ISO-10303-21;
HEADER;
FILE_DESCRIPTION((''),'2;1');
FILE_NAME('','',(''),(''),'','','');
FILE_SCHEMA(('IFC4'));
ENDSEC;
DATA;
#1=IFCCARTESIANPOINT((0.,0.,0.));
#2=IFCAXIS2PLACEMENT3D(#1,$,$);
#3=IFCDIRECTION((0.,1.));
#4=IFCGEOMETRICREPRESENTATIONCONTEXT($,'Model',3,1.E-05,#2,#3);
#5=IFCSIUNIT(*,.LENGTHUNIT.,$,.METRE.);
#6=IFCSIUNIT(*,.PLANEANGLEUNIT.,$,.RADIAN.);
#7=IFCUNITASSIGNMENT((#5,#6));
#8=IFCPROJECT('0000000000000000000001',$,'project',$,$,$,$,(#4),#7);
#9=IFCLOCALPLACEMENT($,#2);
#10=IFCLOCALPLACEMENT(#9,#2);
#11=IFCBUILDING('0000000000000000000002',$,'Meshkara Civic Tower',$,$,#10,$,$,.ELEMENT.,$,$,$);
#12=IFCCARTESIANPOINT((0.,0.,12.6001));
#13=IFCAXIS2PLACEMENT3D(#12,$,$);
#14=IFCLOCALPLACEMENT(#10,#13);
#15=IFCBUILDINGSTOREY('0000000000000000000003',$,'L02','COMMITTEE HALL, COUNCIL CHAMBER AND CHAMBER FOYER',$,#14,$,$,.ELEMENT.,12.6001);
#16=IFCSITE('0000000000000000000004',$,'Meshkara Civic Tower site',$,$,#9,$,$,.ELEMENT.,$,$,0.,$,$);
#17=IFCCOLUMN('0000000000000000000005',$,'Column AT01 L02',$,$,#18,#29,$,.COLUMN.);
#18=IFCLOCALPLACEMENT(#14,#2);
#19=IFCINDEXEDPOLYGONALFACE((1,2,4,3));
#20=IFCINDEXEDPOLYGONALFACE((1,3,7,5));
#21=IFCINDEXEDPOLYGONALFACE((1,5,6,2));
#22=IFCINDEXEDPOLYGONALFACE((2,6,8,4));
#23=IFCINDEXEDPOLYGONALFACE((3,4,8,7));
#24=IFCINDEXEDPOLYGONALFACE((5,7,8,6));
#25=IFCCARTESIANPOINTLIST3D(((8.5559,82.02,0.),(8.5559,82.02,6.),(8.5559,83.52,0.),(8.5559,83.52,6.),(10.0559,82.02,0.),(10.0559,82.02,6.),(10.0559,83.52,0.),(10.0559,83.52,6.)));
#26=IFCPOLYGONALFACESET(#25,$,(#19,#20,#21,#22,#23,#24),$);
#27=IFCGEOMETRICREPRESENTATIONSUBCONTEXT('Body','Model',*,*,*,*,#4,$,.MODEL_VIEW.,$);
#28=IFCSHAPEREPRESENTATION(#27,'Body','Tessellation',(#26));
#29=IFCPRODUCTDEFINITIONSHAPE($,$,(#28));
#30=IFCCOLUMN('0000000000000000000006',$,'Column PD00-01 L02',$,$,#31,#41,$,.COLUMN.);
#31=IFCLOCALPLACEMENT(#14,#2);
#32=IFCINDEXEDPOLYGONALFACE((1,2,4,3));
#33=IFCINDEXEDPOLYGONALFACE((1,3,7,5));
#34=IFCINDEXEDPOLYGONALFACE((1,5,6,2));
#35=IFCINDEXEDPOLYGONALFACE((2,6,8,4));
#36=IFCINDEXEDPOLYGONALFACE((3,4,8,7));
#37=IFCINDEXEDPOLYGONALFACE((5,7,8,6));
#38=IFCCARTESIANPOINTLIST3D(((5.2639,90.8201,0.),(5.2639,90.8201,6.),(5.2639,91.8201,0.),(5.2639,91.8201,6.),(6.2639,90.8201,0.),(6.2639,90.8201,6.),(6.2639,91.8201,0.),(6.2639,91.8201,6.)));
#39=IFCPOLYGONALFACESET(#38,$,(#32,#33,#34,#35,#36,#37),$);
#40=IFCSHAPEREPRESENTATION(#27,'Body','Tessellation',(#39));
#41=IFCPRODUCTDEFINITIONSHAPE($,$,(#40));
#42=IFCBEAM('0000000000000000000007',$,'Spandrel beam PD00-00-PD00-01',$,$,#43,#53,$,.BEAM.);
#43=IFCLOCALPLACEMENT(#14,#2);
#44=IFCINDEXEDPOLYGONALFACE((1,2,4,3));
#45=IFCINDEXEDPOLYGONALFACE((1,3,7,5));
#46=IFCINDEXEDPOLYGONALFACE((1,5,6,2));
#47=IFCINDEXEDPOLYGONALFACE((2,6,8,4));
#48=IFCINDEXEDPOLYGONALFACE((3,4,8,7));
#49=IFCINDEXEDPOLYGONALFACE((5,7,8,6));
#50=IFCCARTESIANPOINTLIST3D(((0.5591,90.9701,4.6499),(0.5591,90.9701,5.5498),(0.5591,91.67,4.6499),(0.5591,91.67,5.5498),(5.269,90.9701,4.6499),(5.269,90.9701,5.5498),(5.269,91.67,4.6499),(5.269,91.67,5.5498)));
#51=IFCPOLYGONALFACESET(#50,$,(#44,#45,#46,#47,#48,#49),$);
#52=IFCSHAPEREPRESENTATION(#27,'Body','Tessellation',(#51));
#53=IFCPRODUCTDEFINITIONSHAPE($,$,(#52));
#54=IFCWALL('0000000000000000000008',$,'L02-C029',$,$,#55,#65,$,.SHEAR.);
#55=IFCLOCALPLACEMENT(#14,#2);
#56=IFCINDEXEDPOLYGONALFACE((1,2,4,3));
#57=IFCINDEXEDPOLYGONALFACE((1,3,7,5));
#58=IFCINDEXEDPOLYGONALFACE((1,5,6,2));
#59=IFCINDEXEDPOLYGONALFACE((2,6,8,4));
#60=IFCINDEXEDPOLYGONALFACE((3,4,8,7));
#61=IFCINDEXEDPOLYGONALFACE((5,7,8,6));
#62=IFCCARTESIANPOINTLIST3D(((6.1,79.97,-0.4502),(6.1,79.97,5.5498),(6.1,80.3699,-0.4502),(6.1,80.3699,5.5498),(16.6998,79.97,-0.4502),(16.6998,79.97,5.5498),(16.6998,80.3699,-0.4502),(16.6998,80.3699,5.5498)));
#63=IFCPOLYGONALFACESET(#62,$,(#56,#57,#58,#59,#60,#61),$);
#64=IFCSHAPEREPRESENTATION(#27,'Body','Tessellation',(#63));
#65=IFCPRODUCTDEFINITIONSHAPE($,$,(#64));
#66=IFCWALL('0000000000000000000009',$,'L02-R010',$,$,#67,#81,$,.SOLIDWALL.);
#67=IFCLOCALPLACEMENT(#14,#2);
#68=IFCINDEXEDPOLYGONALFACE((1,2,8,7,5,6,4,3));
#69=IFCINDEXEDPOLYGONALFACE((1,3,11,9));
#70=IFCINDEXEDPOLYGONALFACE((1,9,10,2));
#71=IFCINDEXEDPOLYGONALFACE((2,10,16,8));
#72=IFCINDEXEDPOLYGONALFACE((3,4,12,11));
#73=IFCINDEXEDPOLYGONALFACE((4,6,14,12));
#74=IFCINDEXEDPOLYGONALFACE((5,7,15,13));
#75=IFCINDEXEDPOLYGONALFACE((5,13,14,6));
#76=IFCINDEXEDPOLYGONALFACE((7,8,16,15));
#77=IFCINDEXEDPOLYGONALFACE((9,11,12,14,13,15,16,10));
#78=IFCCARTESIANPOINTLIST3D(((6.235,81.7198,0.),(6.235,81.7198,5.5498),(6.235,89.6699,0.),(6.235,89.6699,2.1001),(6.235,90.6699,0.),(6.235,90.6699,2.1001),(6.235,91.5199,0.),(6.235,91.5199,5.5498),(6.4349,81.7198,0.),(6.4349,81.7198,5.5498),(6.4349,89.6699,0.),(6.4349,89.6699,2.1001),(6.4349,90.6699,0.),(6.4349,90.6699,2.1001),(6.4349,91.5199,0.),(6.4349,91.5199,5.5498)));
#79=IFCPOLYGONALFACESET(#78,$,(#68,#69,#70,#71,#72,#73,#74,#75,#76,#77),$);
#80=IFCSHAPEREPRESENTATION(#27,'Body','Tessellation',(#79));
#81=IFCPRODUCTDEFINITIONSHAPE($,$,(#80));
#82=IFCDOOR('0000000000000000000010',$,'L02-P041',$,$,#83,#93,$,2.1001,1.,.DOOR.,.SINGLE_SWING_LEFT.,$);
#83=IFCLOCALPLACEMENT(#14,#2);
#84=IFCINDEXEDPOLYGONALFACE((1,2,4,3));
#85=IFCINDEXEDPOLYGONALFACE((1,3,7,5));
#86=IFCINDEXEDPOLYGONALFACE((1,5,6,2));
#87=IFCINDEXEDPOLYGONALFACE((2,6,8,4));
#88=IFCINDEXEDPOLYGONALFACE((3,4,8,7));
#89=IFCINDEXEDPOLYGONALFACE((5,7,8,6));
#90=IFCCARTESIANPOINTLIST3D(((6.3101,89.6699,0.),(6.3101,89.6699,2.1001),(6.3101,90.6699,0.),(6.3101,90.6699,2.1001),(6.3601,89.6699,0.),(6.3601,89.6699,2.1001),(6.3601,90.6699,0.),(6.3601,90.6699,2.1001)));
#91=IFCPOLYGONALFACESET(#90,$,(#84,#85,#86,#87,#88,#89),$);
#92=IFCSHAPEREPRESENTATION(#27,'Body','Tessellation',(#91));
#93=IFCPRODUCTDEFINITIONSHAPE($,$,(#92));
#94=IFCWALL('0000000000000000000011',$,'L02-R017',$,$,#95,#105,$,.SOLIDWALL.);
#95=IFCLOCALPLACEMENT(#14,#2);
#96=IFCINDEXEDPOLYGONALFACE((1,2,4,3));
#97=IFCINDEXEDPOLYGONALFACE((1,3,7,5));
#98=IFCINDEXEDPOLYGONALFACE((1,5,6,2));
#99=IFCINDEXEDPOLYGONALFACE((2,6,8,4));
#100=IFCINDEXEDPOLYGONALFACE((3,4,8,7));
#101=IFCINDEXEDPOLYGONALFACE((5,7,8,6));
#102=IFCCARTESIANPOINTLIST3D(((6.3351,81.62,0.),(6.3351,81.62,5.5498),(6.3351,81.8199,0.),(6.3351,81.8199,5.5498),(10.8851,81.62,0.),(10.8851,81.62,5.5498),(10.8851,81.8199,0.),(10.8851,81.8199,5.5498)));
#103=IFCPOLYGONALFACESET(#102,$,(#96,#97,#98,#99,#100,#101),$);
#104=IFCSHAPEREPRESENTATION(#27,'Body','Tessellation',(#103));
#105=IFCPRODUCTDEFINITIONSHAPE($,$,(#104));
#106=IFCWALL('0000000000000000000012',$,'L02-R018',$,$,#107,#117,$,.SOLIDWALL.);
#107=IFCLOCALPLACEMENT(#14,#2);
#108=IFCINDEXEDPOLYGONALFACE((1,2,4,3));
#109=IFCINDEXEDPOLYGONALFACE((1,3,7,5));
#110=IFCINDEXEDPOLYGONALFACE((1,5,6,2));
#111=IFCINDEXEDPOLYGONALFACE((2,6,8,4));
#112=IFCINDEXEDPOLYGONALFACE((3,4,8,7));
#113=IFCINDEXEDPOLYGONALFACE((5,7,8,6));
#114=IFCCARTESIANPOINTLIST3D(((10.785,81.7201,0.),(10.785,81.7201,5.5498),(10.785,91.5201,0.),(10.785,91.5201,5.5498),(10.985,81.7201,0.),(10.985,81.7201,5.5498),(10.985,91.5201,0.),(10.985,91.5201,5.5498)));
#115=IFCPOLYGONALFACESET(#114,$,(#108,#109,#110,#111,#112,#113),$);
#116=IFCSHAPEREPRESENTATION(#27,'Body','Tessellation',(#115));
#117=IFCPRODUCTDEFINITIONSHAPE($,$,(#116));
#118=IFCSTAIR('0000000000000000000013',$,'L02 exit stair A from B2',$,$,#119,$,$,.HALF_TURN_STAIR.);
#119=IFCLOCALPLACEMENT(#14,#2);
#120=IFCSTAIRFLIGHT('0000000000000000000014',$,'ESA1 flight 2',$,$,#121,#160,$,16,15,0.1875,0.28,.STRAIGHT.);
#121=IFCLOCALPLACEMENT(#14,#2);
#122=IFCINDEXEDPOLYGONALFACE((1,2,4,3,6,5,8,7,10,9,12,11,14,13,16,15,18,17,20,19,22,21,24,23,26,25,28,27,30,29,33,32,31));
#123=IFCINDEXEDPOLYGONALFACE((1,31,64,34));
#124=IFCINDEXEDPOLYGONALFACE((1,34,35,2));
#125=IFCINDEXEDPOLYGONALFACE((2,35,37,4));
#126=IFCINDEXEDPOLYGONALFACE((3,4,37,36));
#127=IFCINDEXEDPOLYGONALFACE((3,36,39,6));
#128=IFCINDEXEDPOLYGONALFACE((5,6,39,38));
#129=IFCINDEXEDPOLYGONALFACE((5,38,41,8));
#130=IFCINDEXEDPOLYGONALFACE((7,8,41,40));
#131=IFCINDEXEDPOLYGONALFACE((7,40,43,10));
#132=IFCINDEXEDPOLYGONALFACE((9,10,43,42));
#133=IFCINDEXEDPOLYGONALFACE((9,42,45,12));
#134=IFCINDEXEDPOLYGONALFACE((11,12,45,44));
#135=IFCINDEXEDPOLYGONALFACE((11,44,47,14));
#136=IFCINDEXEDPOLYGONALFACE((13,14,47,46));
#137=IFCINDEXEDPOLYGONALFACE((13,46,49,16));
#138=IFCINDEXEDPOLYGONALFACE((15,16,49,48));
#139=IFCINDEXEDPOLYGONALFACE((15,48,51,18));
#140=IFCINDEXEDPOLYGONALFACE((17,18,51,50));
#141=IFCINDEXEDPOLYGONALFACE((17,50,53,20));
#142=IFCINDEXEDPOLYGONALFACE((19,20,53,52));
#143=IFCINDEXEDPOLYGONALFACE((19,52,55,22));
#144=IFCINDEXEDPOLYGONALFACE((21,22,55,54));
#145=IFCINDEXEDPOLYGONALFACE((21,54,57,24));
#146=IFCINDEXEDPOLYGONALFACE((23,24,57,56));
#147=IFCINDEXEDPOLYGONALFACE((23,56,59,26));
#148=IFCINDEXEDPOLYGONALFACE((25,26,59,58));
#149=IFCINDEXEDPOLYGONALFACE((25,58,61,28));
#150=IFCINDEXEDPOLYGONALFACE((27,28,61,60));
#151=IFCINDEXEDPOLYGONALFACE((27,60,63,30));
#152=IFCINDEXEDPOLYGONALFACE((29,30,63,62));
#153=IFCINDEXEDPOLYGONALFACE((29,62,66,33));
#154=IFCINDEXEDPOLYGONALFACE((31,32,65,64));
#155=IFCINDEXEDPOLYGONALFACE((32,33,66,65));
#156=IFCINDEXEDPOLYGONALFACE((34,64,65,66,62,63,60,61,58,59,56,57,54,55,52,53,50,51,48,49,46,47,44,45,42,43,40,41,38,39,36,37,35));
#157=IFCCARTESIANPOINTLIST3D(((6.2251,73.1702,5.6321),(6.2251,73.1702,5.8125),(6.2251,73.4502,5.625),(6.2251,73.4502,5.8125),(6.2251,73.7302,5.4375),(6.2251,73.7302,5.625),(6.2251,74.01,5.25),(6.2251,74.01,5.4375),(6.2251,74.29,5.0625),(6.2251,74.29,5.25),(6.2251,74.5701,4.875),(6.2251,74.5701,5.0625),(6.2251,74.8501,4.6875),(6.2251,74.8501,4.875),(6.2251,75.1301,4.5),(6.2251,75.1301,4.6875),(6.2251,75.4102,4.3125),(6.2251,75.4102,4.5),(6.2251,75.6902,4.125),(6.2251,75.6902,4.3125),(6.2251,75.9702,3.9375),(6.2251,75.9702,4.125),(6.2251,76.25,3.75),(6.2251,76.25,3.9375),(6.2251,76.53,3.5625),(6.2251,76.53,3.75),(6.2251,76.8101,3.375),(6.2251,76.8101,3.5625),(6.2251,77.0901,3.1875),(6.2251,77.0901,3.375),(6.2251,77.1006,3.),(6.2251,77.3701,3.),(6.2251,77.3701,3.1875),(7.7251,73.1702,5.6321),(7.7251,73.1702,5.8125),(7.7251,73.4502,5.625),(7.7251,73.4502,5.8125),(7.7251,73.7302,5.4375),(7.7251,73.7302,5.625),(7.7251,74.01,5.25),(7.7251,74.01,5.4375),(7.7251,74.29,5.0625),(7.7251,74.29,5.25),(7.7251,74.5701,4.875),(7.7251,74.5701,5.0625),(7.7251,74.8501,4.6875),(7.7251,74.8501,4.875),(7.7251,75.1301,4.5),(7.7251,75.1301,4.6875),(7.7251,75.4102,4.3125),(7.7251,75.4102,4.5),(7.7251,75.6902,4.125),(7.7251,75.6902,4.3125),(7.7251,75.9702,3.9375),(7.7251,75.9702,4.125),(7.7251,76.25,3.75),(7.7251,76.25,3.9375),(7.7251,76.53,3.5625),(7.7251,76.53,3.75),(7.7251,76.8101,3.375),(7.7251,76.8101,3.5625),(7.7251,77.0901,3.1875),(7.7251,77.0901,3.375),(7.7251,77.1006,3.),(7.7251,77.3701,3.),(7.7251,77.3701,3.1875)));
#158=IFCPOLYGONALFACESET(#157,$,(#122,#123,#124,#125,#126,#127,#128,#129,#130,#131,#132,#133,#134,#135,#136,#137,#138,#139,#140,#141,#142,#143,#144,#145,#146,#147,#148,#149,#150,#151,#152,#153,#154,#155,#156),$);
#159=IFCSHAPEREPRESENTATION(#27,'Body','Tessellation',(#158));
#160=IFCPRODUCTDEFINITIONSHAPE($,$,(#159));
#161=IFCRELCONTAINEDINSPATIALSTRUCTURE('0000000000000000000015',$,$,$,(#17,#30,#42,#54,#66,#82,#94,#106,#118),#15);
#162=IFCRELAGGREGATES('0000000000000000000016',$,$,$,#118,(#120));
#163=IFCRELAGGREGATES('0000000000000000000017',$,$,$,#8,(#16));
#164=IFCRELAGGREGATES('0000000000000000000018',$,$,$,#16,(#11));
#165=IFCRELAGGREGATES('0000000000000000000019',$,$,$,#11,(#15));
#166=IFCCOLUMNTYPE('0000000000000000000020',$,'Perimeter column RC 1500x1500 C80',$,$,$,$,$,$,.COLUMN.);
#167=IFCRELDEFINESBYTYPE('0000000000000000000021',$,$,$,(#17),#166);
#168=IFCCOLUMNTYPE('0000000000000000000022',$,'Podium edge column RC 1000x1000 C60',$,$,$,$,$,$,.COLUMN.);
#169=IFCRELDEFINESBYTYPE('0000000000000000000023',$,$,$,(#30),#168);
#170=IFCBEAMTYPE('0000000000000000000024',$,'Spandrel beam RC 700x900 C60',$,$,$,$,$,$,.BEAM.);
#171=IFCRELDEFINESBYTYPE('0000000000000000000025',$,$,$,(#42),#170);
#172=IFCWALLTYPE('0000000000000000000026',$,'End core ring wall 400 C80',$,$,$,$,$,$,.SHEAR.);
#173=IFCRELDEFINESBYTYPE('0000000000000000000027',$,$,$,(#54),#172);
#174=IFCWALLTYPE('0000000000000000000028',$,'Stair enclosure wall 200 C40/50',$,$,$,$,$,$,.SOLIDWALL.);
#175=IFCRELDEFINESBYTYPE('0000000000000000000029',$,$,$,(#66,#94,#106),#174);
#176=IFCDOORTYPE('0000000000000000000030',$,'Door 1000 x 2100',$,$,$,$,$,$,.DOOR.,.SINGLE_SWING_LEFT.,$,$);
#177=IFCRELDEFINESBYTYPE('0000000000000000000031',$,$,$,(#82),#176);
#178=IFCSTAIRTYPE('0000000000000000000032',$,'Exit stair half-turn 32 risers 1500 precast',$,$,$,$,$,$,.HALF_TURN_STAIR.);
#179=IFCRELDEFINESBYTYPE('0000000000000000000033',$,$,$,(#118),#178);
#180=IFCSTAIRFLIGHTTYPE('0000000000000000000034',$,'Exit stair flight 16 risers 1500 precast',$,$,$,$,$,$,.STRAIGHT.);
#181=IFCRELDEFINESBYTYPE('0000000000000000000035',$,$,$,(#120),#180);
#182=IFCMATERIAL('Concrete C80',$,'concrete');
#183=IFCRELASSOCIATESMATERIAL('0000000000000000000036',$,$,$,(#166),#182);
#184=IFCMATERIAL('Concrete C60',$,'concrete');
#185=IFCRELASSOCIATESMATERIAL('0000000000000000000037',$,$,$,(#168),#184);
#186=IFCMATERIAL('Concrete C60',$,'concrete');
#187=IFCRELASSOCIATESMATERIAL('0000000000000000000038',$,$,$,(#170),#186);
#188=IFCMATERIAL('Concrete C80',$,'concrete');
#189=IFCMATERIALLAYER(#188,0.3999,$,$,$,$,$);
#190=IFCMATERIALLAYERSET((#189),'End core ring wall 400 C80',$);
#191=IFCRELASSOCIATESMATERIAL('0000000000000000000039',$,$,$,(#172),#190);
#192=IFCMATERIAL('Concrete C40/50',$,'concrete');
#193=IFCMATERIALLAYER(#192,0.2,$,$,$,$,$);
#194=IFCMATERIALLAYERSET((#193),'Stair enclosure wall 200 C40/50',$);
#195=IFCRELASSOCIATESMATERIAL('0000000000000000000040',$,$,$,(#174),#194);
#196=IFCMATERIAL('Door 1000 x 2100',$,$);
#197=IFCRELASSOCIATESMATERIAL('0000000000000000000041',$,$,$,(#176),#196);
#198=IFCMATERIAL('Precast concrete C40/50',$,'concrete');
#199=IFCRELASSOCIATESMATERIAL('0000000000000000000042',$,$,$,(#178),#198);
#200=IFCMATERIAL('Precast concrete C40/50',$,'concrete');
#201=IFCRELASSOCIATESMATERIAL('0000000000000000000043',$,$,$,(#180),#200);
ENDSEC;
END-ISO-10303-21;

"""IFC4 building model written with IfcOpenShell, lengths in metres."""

from ifc_helpers import new_model, si_unit, direction, frame, frame_2d, origin, origin_2d, place, context, subcontext, project, spatial, polyline, rectangle, outline, extrude, material, layer, layer_set, material_profile, profile_set, type_object, element, fill, aggregate, save


model = new_model("IFC4")

# Units and contexts
model_context = context("Model", 3, precision=1e-05, world=origin(), true_north=direction((0.0, 1.0)))
body_context = subcontext(model_context, "Body", "Model", "MODEL_VIEW")
ifc_project = project(units=[si_unit("LENGTHUNIT", "METRE"), si_unit("PLANEANGLEUNIT", "RADIAN")], contexts=[model_context])

# Site, building, storey
site_placement = place(None, origin())
site = spatial("IfcSite", under=ifc_project, at=site_placement, Name="Meshkara Civic Tower site", CompositionType="ELEMENT", RefElevation=0.0)
building_placement = place(site_placement, origin())
building = spatial("IfcBuilding", under=site, at=building_placement, Name="Meshkara Civic Tower", CompositionType="ELEMENT")
storey_placement = place(building_placement, frame((0.0, 0.0, 12.6001)))
storey = spatial("IfcBuildingStorey", under=building, at=storey_placement, Name="L02", Description="COMMITTEE HALL, COUNCIL CHAMBER AND CHAMBER FOYER", CompositionType="ELEMENT", Elevation=12.6001)

# Columns
ifc_material_1 = material(Name="Concrete C80", Category="concrete")
ifc_material_profile_1 = material_profile(ifc_material_1, rectangle(XDim=1.5, YDim=1.5, at=origin_2d()))
ifc_profile_set_1 = profile_set([ifc_material_profile_1], Name="Concrete C80")
column_type_1 = type_object("IfcColumnType", Name="Perimeter column RC 1500x1500 C80", PredefinedType="COLUMN", material=ifc_profile_set_1)
column_1_placement = place(storey_placement, frame((9.3059, 82.77, 0.0), z_axis=(0.0, 0.0, 1.0), x_axis=(1.0, 0.0, 0.0)))
element("IfcColumn", 1, at=column_1_placement, inside=storey, type_object=column_type_1, Name="Column AT01 L02", PredefinedType="COLUMN", context=body_context, shape_type="SweptSolid", body=[
    extrude(rectangle(XDim=1.5, YDim=1.5, at=origin_2d()), origin(), (0.0, 0.0, 1.0), 6.0),
])
ifc_material_2 = material(Name="Concrete C60", Category="concrete")
ifc_material_profile_2 = material_profile(ifc_material_2, rectangle(XDim=1.0, YDim=1.0, at=origin_2d()))
ifc_profile_set_2 = profile_set([ifc_material_profile_2], Name="Concrete C60")
column_type_2 = type_object("IfcColumnType", Name="Podium edge column RC 1000x1000 C60", PredefinedType="COLUMN", material=ifc_profile_set_2)
column_2_placement = place(storey_placement, frame((5.7639, 91.3201, 0.0), z_axis=(0.0, 0.0, 1.0), x_axis=(1.0, 0.0, 0.0)))
element("IfcColumn", 2, at=column_2_placement, inside=storey, type_object=column_type_2, Name="Column PD00-01 L02", PredefinedType="COLUMN", context=body_context, shape_type="SweptSolid", body=[
    extrude(rectangle(XDim=1.0, YDim=1.0, at=origin_2d()), origin(), (0.0, 0.0, 1.0), 6.0),
])

# Beam
ifc_material_3 = material(Name="Concrete C60", Category="concrete")
ifc_material_profile_3 = material_profile(ifc_material_3, rectangle(XDim=0.7, YDim=0.8999, at=origin_2d()))
ifc_profile_set_3 = profile_set([ifc_material_profile_3], Name="Concrete C60")
beam_type = type_object("IfcBeamType", Name="Spandrel beam RC 700x900 C60", PredefinedType="BEAM", material=ifc_profile_set_3)
beam_placement = place(storey_placement, frame((5.269, 91.3201, 5.0999), z_axis=(-1.0, 0.0, 0.0), x_axis=(0.0, -1.0, 0.0)))
element("IfcBeam", 3, at=beam_placement, inside=storey, type_object=beam_type, Name="Spandrel beam PD00-00-PD00-01", PredefinedType="BEAM", context=body_context, shape_type="SweptSolid", body=[
    extrude(rectangle(XDim=0.7, YDim=0.8999, at=origin_2d()), origin(), (0.0, 0.0, 1.0), 4.71),
])

# Wall
ifc_material_4 = material(Name="Concrete C80", Category="concrete")
ifc_layer_1 = layer(ifc_material_4, 0.3999)
ifc_layer_set_1 = layer_set([ifc_layer_1], Name="End core ring wall 400 C80")
wall_type_1 = type_object("IfcWallType", Name="End core ring wall 400 C80", PredefinedType="SHEAR", material=ifc_layer_set_1)
wall_1_placement = place(storey_placement, frame((6.1001, 80.1699, -0.4502), z_axis=(0.0, 0.0, 1.0), x_axis=(1.0, 0.0, 0.0)))
element("IfcWall", 4, at=wall_1_placement, inside=storey, type_object=wall_type_1, Name="L02-C029", PredefinedType="SHEAR", context=body_context, shape_type="SweptSolid", body=[
    extrude(rectangle(XDim=10.5999, YDim=0.3999, at=frame_2d((5.2998, 0.0))), origin(), (0.0, 0.0, 1.0), 6.0),
])

# Wall, opening, door
ifc_material_5 = material(Name="Concrete C40/50", Category="concrete")
ifc_layer_2 = layer(ifc_material_5, 0.2)
ifc_layer_set_2 = layer_set([ifc_layer_2], Name="Stair enclosure wall 200 C40/50")
wall_type_2 = type_object("IfcWallType", Name="Stair enclosure wall 200 C40/50", PredefinedType="SOLIDWALL", material=ifc_layer_set_2)
wall_2_placement = place(storey_placement, frame((6.335, 81.72, 0.0), z_axis=(0.0, 0.0, 1.0), x_axis=(0.0, 1.0, 0.0)))
wall_2 = element("IfcWall", 5, at=wall_2_placement, inside=storey, type_object=wall_type_2, Name="L02-R010", PredefinedType="SOLIDWALL", context=body_context, shape_type="SweptSolid", body=[
    extrude(rectangle(XDim=9.8, YDim=0.2, at=frame_2d((4.8999, 0.0))), origin(), (0.0, 0.0, 1.0), 5.5498),
])
opening_placement = place(wall_2_placement, frame((7.95, 0.0, 0.0)))
opening = element("IfcOpeningElement", 6, at=opening_placement, cuts=wall_2, PredefinedType="OPENING", context=body_context, shape_type="SweptSolid", body=[
    extrude(rectangle(XDim=1.0, YDim=2.1001, at=frame_2d((0.5, 1.05))), frame((0.0, 0.1099, 0.0), z_axis=(0.0, -1.0, 0.0), x_axis=(1.0, 0.0, 0.0)), (0.0, 0.0, 1.0), 0.22),
])
ifc_material_6 = material(Name="Door 1000 x 2100")
door_type = type_object("IfcDoorType", Name="Door 1000 x 2100", OperationType="SINGLE_SWING_LEFT", PredefinedType="DOOR", material=ifc_material_6)
door_placement = place(opening_placement, origin())
door = element("IfcDoor", 7, at=door_placement, inside=storey, type_object=door_type, Name="L02-P041", OperationType="SINGLE_SWING_LEFT", OverallHeight=2.1001, OverallWidth=1.0, PredefinedType="DOOR", context=body_context, shape_type="SweptSolid", body=[
    extrude(rectangle(XDim=1.0, YDim=2.1001, at=frame_2d((0.5, 1.05))), frame((0.0, 0.0249, 0.0), z_axis=(0.0, -1.0, 0.0), x_axis=(1.0, 0.0, 0.0)), (0.0, 0.0, 1.0), 0.05),
])
fill(opening, door)

# Walls
wall_3_placement = place(storey_placement, frame((10.885, 81.72, 0.0), z_axis=(0.0, 0.0, 1.0), x_axis=(-1.0, 0.0, 0.0)))
element("IfcWall", 8, at=wall_3_placement, inside=storey, type_object=wall_type_2, Name="L02-R017", PredefinedType="SOLIDWALL", context=body_context, shape_type="SweptSolid", body=[
    extrude(rectangle(XDim=4.55, YDim=0.2, at=frame_2d((2.2749, 0.0))), origin(), (0.0, 0.0, 1.0), 5.5498),
])
wall_4_placement = place(storey_placement, frame((10.885, 91.52, 0.0), z_axis=(0.0, 0.0, 1.0), x_axis=(0.0, -1.0, 0.0)))
element("IfcWall", 9, at=wall_4_placement, inside=storey, type_object=wall_type_2, Name="L02-R018", PredefinedType="SOLIDWALL", context=body_context, shape_type="SweptSolid", body=[
    extrude(rectangle(XDim=9.8, YDim=0.2, at=frame_2d((4.8999, 0.0))), origin(), (0.0, 0.0, 1.0), 5.5498),
])

# Stair, stair flight
ifc_material_7 = material(Name="Precast concrete C40/50", Category="concrete")
stair_type_1 = type_object("IfcStairType", Name="Exit stair half-turn 32 risers 1500 precast", PredefinedType="HALF_TURN_STAIR", material=ifc_material_7)
stair_1_placement = place(storey_placement, origin())
stair_1 = element("IfcStair", 10, at=stair_1_placement, inside=storey, type_object=stair_type_1, Name="L02 exit stair A from B2", PredefinedType="HALF_TURN_STAIR")
ifc_material_8 = material(Name="Precast concrete C40/50", Category="concrete")
stair_flight_type_1 = type_object("IfcStairFlightType", Name="Exit stair flight 16 risers 1500 precast", PredefinedType="STRAIGHT", material=ifc_material_8)
stair_flight_1_placement = place(storey_placement, frame((6.9751, 77.3701, 3.0), z_axis=(0.0, 0.0, 1.0), x_axis=(0.0, -1.0, 0.0)))
stair_flight_1 = element("IfcStairFlight", 11, at=stair_flight_1_placement, type_object=stair_flight_type_1, Name="ESA1 flight 2", NumberOfRisers=16, NumberOfTreads=15, PredefinedType="STRAIGHT", RiserHeight=0.1875, TreadLength=0.28, context=body_context, shape_type="SweptSolid", body=[
    extrude(outline(polyline([(0.0, 0.0), (0.0, 0.1875), (0.28, 0.1875), (0.28, 0.375), (0.5601, 0.375), (0.5601, 0.5625), (0.8401, 0.5625), (0.8401, 0.75), (1.1201, 0.75), (1.1201, 0.9375), (1.3999, 0.9375), (1.3999, 1.125), (1.6799, 1.125), (1.6799, 1.3125), (1.96, 1.3125), (1.96, 1.5), (2.24, 1.5), (2.24, 1.6875), (2.52, 1.6875), (2.52, 1.875), (2.8, 1.875), (2.8, 2.0625), (3.0801, 2.0625), (3.0801, 2.25), (3.3601, 2.25), (3.3601, 2.4375), (3.6399, 2.4375), (3.6399, 2.625), (3.9199, 2.625), (3.9199, 2.8125), (4.2, 2.8125), (4.2, 3.0), (4.2, 2.6321), (0.2695, 0.0), (0.0, 0.0)])), frame((0.0, 0.75, 0.0), z_axis=(0.0, -1.0, 0.0), x_axis=(1.0, 0.0, 0.0)), (0.0, 0.0, 1.0), 1.5),
])
aggregate(stair_1, [stair_flight_1])

save(model, "model.ifc")
